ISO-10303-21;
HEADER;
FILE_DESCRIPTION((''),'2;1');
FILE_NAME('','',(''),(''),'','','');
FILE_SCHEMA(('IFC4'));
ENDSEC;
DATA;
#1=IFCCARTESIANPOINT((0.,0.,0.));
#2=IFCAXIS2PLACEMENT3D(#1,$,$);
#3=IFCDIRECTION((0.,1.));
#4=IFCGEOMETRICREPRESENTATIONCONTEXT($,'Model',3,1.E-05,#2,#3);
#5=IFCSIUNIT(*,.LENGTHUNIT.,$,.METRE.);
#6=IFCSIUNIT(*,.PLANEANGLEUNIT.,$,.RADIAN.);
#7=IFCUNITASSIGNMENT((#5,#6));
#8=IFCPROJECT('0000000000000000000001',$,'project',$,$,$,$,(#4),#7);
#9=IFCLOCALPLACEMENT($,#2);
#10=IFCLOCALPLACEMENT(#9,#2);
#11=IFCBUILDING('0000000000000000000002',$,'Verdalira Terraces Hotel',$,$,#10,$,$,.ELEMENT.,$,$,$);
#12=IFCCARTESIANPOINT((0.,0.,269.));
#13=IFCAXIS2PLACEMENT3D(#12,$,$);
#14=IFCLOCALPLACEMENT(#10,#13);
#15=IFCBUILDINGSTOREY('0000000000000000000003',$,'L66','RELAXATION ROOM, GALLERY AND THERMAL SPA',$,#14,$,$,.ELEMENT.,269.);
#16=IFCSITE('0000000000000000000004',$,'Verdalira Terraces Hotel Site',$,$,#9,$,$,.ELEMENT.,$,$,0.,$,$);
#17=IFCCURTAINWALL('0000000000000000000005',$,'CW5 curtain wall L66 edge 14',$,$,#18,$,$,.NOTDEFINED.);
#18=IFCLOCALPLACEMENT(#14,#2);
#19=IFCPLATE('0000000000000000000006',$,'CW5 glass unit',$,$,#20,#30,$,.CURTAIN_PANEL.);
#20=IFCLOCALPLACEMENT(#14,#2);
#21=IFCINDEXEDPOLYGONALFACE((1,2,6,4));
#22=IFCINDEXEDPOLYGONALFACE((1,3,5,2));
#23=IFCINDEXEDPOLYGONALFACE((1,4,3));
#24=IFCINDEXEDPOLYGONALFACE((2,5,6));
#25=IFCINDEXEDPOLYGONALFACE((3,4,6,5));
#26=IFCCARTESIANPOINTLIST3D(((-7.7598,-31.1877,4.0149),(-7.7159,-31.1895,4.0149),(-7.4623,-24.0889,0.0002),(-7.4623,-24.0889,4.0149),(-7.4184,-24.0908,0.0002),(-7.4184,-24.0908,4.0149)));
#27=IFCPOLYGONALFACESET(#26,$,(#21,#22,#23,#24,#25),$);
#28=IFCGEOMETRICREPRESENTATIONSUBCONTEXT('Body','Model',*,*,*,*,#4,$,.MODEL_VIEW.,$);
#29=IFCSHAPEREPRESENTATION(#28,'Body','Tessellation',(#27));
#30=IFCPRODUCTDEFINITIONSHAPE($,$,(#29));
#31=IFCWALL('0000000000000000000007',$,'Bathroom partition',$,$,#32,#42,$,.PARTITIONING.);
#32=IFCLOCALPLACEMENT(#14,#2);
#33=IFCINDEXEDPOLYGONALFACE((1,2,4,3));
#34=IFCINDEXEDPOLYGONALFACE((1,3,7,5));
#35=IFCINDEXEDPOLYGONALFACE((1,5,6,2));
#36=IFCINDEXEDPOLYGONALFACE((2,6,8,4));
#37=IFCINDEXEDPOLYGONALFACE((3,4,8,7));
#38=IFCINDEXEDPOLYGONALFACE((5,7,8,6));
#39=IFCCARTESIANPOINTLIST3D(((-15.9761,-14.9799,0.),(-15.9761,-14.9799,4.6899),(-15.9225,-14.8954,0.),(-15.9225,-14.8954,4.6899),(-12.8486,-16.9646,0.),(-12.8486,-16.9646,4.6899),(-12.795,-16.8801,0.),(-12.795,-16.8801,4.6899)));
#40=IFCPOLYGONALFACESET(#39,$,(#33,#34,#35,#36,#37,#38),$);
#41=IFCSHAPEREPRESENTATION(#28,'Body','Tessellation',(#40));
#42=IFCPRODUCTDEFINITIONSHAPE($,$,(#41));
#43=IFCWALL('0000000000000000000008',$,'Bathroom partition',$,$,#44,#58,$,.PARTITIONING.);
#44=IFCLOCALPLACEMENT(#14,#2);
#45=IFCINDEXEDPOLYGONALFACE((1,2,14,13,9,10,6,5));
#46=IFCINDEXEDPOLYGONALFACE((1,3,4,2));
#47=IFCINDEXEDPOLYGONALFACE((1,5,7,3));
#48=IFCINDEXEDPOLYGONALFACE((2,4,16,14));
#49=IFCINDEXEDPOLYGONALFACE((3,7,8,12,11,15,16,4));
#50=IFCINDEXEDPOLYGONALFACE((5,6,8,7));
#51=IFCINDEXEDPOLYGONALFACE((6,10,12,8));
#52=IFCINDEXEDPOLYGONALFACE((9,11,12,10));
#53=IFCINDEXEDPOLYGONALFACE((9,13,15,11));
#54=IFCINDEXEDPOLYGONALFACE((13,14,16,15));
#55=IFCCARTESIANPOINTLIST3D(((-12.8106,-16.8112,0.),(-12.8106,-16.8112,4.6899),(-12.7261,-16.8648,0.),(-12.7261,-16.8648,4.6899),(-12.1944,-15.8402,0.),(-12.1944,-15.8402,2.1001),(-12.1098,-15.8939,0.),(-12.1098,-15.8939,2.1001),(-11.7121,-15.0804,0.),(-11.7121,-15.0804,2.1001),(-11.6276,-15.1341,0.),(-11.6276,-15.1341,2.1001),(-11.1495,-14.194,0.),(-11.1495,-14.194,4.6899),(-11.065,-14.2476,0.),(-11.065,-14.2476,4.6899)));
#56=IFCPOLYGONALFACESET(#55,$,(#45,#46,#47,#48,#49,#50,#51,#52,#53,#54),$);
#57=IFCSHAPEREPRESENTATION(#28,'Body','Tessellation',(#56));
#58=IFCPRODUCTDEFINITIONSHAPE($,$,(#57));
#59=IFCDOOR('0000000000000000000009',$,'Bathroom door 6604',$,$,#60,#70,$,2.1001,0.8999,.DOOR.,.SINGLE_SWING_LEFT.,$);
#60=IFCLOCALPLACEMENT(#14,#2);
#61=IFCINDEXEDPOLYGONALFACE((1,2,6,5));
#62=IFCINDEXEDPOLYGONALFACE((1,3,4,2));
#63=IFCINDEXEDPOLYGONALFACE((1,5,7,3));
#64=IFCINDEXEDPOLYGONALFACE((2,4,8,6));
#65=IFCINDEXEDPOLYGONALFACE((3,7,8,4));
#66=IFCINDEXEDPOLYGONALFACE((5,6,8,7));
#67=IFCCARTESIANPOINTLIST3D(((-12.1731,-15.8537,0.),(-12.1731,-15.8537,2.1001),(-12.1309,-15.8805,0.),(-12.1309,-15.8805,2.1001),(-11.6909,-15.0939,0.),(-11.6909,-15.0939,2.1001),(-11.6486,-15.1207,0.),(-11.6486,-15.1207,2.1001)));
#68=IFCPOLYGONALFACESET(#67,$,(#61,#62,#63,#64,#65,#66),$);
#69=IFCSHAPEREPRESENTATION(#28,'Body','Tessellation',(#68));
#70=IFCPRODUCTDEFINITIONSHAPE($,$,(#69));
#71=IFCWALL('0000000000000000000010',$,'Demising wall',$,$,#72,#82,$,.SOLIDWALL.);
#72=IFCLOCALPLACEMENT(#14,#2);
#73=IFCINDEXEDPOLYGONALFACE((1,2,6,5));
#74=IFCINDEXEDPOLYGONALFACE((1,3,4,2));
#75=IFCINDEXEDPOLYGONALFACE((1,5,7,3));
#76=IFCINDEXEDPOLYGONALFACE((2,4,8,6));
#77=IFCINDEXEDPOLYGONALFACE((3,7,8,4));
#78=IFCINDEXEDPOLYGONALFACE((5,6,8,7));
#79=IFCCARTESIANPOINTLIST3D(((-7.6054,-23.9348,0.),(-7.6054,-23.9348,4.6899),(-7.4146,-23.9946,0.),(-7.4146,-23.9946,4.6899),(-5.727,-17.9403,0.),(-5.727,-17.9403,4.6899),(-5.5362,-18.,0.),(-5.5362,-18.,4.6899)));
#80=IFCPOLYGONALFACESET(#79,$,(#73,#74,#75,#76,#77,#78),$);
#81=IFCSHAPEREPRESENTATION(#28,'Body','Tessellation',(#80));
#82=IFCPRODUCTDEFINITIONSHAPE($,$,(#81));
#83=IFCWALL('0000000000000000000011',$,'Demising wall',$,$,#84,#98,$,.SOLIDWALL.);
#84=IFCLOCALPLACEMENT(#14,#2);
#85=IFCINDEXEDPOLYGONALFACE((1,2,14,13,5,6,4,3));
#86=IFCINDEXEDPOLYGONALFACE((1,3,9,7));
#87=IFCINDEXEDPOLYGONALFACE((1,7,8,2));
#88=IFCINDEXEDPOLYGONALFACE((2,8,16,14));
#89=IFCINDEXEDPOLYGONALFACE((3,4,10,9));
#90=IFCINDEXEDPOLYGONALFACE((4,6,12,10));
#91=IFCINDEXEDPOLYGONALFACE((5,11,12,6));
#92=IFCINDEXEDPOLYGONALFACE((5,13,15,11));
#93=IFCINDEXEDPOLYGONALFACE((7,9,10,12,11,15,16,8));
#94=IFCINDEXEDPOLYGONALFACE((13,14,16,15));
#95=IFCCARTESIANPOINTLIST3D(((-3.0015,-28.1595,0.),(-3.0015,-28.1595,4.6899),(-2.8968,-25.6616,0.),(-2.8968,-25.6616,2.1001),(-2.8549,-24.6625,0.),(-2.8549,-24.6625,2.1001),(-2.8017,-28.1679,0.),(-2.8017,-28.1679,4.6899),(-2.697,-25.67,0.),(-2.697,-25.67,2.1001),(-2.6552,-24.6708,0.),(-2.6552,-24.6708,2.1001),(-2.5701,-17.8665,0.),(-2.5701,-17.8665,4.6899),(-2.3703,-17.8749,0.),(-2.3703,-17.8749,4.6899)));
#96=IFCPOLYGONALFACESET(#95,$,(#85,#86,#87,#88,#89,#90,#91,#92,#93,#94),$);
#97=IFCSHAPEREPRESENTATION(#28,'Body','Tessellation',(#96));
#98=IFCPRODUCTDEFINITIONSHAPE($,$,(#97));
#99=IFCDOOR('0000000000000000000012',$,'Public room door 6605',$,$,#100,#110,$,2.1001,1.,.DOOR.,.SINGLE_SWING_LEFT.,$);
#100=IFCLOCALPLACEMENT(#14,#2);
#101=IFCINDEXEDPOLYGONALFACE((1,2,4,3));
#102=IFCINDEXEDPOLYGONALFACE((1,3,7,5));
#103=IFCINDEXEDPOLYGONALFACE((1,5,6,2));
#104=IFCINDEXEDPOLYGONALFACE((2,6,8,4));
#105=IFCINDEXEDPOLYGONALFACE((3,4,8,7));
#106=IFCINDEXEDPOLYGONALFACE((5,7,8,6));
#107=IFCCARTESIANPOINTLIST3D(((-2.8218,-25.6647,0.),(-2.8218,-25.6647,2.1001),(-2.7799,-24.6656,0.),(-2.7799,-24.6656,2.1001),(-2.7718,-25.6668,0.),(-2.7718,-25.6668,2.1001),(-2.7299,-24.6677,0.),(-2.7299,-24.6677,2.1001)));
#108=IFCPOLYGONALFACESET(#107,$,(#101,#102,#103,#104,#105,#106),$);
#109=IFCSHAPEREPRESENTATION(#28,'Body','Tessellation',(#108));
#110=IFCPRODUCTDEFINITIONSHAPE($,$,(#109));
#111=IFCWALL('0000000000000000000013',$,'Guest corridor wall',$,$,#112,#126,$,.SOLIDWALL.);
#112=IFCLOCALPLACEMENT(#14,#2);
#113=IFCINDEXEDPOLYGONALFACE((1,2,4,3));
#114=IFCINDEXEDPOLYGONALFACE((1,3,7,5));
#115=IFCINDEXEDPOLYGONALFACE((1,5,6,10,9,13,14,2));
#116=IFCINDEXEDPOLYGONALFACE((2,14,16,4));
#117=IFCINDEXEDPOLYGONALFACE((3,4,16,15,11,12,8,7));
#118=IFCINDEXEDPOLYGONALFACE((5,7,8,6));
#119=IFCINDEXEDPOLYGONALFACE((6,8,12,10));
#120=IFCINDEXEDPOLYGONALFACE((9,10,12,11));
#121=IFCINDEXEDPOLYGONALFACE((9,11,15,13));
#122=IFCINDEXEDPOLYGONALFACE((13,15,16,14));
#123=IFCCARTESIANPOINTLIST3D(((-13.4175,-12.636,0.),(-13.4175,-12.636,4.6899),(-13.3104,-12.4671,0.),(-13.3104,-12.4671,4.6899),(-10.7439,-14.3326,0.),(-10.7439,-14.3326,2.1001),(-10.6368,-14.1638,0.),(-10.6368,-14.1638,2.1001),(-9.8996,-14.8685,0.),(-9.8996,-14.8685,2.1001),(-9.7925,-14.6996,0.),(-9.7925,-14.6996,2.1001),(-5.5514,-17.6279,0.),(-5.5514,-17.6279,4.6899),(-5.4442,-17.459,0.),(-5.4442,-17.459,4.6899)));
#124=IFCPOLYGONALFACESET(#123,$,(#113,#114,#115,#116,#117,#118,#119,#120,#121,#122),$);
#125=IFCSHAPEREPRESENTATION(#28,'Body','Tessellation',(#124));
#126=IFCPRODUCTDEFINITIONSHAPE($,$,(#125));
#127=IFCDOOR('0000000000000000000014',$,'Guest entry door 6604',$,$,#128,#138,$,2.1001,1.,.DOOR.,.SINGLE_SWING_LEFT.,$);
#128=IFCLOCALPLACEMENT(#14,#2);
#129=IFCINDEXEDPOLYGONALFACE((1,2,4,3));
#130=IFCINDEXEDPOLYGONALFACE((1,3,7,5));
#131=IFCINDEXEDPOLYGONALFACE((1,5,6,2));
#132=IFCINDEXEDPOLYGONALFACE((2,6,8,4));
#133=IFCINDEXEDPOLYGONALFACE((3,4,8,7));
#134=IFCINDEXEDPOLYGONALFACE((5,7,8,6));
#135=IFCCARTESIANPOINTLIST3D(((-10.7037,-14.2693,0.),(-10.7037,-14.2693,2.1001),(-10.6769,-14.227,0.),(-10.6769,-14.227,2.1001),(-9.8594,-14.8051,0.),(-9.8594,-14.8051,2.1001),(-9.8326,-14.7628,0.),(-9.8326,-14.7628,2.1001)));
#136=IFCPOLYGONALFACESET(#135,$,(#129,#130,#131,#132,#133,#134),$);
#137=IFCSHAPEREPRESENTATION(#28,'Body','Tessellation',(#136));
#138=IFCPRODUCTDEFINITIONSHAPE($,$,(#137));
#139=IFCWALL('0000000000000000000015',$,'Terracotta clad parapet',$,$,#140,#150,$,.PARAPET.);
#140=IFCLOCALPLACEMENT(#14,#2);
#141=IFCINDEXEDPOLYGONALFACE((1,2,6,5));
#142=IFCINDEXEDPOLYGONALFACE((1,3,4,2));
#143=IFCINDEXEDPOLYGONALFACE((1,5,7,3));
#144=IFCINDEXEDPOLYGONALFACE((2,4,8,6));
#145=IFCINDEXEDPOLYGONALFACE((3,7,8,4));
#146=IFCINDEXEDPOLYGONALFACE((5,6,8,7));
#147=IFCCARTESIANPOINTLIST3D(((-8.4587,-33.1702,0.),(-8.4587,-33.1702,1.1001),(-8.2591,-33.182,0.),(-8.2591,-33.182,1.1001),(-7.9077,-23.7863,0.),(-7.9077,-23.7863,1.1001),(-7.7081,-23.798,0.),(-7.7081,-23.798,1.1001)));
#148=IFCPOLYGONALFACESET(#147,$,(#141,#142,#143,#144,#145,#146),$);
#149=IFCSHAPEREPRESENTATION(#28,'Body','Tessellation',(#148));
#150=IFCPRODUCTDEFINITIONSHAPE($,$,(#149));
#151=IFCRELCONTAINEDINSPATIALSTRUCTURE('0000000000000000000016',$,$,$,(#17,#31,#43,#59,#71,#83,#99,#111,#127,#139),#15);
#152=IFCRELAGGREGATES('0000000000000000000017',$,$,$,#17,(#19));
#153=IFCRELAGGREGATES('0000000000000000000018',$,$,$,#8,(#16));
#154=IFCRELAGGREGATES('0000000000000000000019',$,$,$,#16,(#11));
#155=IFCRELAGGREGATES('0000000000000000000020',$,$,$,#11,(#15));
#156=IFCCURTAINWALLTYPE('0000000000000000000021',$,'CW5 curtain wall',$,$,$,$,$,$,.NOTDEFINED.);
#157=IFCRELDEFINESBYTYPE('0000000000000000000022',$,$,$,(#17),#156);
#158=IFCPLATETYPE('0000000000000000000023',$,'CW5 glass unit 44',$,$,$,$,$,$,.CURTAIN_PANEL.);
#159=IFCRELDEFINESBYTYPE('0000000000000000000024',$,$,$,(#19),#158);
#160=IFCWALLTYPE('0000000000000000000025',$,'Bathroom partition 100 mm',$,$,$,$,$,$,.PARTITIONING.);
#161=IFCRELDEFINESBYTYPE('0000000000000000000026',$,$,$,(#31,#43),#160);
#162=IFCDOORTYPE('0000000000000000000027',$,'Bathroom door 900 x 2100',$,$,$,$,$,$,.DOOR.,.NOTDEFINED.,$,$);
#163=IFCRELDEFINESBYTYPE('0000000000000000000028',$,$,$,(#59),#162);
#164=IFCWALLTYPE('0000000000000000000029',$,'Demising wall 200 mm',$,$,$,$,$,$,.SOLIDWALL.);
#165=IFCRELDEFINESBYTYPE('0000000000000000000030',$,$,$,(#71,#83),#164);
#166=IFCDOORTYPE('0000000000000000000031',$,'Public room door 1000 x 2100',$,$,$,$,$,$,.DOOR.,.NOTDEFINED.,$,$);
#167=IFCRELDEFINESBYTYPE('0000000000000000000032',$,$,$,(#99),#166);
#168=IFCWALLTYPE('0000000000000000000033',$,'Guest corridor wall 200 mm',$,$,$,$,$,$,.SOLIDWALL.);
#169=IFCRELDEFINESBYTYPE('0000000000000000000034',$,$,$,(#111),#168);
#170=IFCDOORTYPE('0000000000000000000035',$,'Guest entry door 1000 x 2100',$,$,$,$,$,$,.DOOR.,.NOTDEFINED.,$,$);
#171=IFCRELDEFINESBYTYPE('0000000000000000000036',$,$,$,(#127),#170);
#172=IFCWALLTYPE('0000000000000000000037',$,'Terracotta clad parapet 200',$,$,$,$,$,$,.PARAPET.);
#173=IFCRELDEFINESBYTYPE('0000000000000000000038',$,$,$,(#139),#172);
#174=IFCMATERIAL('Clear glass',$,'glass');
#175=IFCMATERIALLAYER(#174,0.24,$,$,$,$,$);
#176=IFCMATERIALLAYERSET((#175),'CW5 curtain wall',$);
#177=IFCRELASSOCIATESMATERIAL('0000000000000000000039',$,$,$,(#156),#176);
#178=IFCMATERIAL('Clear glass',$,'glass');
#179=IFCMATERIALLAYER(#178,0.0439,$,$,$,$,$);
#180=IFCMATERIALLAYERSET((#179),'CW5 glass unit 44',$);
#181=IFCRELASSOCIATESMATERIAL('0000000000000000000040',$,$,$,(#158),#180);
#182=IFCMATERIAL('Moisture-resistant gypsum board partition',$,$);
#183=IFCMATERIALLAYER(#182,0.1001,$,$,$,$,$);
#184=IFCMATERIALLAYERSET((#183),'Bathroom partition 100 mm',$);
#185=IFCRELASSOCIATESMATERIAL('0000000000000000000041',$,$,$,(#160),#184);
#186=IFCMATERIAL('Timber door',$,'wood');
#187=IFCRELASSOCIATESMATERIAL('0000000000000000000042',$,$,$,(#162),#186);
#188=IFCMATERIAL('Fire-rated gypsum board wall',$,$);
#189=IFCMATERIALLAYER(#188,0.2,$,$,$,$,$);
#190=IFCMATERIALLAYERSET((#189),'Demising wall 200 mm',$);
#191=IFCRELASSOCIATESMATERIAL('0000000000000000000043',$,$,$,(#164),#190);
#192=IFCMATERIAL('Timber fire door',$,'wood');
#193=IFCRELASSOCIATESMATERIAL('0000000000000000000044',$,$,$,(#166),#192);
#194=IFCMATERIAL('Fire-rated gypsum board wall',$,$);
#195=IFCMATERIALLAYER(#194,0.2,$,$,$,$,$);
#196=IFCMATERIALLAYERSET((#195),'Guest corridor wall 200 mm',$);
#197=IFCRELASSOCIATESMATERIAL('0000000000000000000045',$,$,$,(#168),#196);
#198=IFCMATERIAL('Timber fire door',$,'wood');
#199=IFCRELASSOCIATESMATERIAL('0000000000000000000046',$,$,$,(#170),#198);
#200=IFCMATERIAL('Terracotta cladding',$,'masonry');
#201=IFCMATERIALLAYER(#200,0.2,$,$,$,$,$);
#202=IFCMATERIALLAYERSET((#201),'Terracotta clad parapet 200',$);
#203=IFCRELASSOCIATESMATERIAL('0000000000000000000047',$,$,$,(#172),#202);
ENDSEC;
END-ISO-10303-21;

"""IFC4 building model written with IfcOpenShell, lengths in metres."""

from ifc_helpers import new_model, si_unit, direction, frame, frame_2d, origin, place, context, subcontext, project, spatial, polyline, rectangle, outline, extrude, material, layer, layer_set, type_object, element, fill, aggregate, save


model = new_model("IFC4")

# Units and contexts
model_context = context("Model", 3, precision=1e-05, world=origin(), true_north=direction((0.0, 1.0)))
body_context = subcontext(model_context, "Body", "Model", "MODEL_VIEW")
ifc_project = project(units=[si_unit("LENGTHUNIT", "METRE"), si_unit("PLANEANGLEUNIT", "RADIAN")], contexts=[model_context])

# Site, building, storey
site_placement = place(None, origin())
site = spatial("IfcSite", under=ifc_project, at=site_placement, Name="Verdalira Terraces Hotel Site", CompositionType="ELEMENT", RefElevation=0.0)
building_placement = place(site_placement, origin())
building = spatial("IfcBuilding", under=site, at=building_placement, Name="Verdalira Terraces Hotel", CompositionType="ELEMENT")
storey_placement = place(building_placement, frame((0.0, 0.0, 269.0)))
storey = spatial("IfcBuildingStorey", under=building, at=storey_placement, Name="L66", Description="RELAXATION ROOM, GALLERY AND THERMAL SPA", CompositionType="ELEMENT", Elevation=269.0)

# Shared definitions
ifc_material_1 = material(Name="Clear glass", Category="glass")
ifc_layer_1 = layer(ifc_material_1, 0.24)
ifc_layer_set_1 = layer_set([ifc_layer_1], Name="CW5 curtain wall")
curtain_wall_type = type_object("IfcCurtainWallType", Name="CW5 curtain wall", PredefinedType="NOTDEFINED", material=ifc_layer_set_1)

# Curtain wall
curtain_wall_1_placement = place(storey_placement, origin())
curtain_wall_1 = element("IfcCurtainWall", 1, at=curtain_wall_1_placement, inside=storey, type_object=curtain_wall_type, Name="CW5 curtain wall L66 edge 14", PredefinedType="NOTDEFINED")

# Plate
ifc_material_2 = material(Name="Clear glass", Category="glass")
ifc_layer_2 = layer(ifc_material_2, 0.0439)
ifc_layer_set_2 = layer_set([ifc_layer_2], Name="CW5 glass unit 44")
plate_type = type_object("IfcPlateType", Name="CW5 glass unit 44", PredefinedType="CURTAIN_PANEL", material=ifc_layer_set_2)
plate_1_placement = place(storey_placement, frame((-7.5671, -27.6401, 2.0076), z_axis=(-0.999123, 0.041876, 0.0), x_axis=(-0.041876, -0.999123, 0.0)))
plate_1 = element("IfcPlate", 2, at=plate_1_placement, type_object=plate_type, Name="CW5 glass unit", PredefinedType="CURTAIN_PANEL", context=body_context, shape_type="SweptSolid", body=[
    extrude(outline(polyline([(-3.5525, -2.0073), (3.5525, 2.0073), (-3.5525, 2.0073), (-3.5525, -2.0073)])), origin(), (0.0, 0.0, 1.0), 0.0439),
])
aggregate(curtain_wall_1, [plate_1])

# Wall
ifc_material_3 = material(Name="Moisture-resistant gypsum board partition")
ifc_layer_3 = layer(ifc_material_3, 0.1001)
ifc_layer_set_3 = layer_set([ifc_layer_3], Name="Bathroom partition 100 mm")
wall_type_1 = type_object("IfcWallType", Name="Bathroom partition 100 mm", PredefinedType="PARTITIONING", material=ifc_layer_set_3)
wall_1_placement = place(storey_placement, frame((-12.8218, -16.9224, 0.0), z_axis=(0.0, 0.0, 1.0), x_axis=(-0.844342, 0.535805, 0.0)))
element("IfcWall", 3, at=wall_1_placement, inside=storey, type_object=wall_type_1, Name="Bathroom partition", PredefinedType="PARTITIONING", context=body_context, shape_type="SweptSolid", body=[
    extrude(rectangle(XDim=3.7041, YDim=0.1001, at=frame_2d((1.8521, 0.0))), origin(), (0.0, 0.0, 1.0), 4.6899),
])

# Wall, opening, door
wall_2_placement = place(storey_placement, frame((-12.7683, -16.8379, 0.0), z_axis=(0.0, 0.0, 1.0), x_axis=(0.535876, 0.844297, 0.0)))
wall_2 = element("IfcWall", 4, at=wall_2_placement, inside=storey, type_object=wall_type_1, Name="Bathroom partition", PredefinedType="PARTITIONING", context=body_context, shape_type="SweptSolid", body=[
    extrude(rectangle(XDim=3.0999, YDim=0.1001, at=frame_2d((1.5498, 0.0))), origin(), (0.0, 0.0, 1.0), 4.6899),
])
opening_1_placement = place(wall_2_placement, frame((1.1499, 0.0, 0.0)))
opening_1 = element("IfcOpeningElement", 5, at=opening_1_placement, cuts=wall_2, PredefinedType="OPENING", context=body_context, shape_type="SweptSolid", body=[
    extrude(rectangle(XDim=0.8999, YDim=2.1001, at=frame_2d((0.45, 1.05))), frame((0.0, 0.0601, 0.0), z_axis=(0.0, -1.0, 0.0), x_axis=(1.0, 0.0, 0.0)), (0.0, 0.0, 1.0), 0.1201),
])
ifc_material_4 = material(Name="Timber door", Category="wood")
door_type_1 = type_object("IfcDoorType", Name="Bathroom door 900 x 2100", OperationType="NOTDEFINED", PredefinedType="DOOR", material=ifc_material_4)
door_1_placement = place(opening_1_placement, origin())
door_1 = element("IfcDoor", 6, at=door_1_placement, inside=storey, type_object=door_type_1, Name="Bathroom door 6604", OperationType="SINGLE_SWING_LEFT", OverallHeight=2.1001, OverallWidth=0.8999, PredefinedType="DOOR", context=body_context, shape_type="SweptSolid", body=[
    extrude(rectangle(XDim=0.8999, YDim=2.1001, at=frame_2d((0.45, 1.05))), frame((0.0, 0.0249, 0.0), z_axis=(0.0, -1.0, 0.0), x_axis=(1.0, 0.0, 0.0)), (0.0, 0.0, 1.0), 0.05),
])
fill(opening_1, door_1)

# Wall
ifc_material_5 = material(Name="Fire-rated gypsum board wall")
ifc_layer_4 = layer(ifc_material_5, 0.2)
ifc_layer_set_4 = layer_set([ifc_layer_4], Name="Demising wall 200 mm")
wall_type_2 = type_object("IfcWallType", Name="Demising wall 200 mm", PredefinedType="SOLIDWALL", material=ifc_layer_set_4)
wall_3_placement = place(storey_placement, frame((-7.51, -23.9648, 0.0), z_axis=(0.0, 0.0, 1.0), x_axis=(0.299014, 0.954249, 0.0)))
element("IfcWall", 7, at=wall_3_placement, inside=storey, type_object=wall_type_2, Name="Demising wall", PredefinedType="SOLIDWALL", context=body_context, shape_type="SweptSolid", body=[
    extrude(rectangle(XDim=6.282, YDim=0.2, at=frame_2d((3.1411, 0.0))), origin(), (0.0, 0.0, 1.0), 4.6899),
])

# Walls, openings, doors
wall_4_placement = place(storey_placement, frame((-2.9016, -28.1636, 0.0), z_axis=(0.0, 0.0, 1.0), x_axis=(0.041875, 0.999123, 0.0)))
wall_4 = element("IfcWall", 8, at=wall_4_placement, inside=storey, type_object=wall_type_2, Name="Demising wall", PredefinedType="SOLIDWALL", context=body_context, shape_type="SweptSolid", body=[
    extrude(rectangle(XDim=10.302, YDim=0.2, at=frame_2d((5.1509, 0.0))), origin(), (0.0, 0.0, 1.0), 4.6899),
])
opening_2_placement = place(wall_4_placement, frame((2.5, 0.0, 0.0)))
opening_2 = element("IfcOpeningElement", 9, at=opening_2_placement, cuts=wall_4, PredefinedType="OPENING", context=body_context, shape_type="SweptSolid", body=[
    extrude(rectangle(XDim=1.0, YDim=2.1001, at=frame_2d((0.5, 1.05))), frame((0.0, 0.1099, 0.0), z_axis=(0.0, -1.0, 0.0), x_axis=(1.0, 0.0, 0.0)), (0.0, 0.0, 1.0), 0.22),
])
ifc_material_6 = material(Name="Timber fire door", Category="wood")
door_type_2 = type_object("IfcDoorType", Name="Public room door 1000 x 2100", OperationType="NOTDEFINED", PredefinedType="DOOR", material=ifc_material_6)
door_2_placement = place(opening_2_placement, origin())
door_2 = element("IfcDoor", 10, at=door_2_placement, inside=storey, type_object=door_type_2, Name="Public room door 6605", OperationType="SINGLE_SWING_LEFT", OverallHeight=2.1001, OverallWidth=1.0, PredefinedType="DOOR", context=body_context, shape_type="SweptSolid", body=[
    extrude(rectangle(XDim=1.0, YDim=2.1001, at=frame_2d((0.5, 1.05))), frame((0.0, 0.0249, 0.0), z_axis=(0.0, -1.0, 0.0), x_axis=(1.0, 0.0, 0.0)), (0.0, 0.0, 1.0), 0.05),
])
fill(opening_2, door_2)
ifc_material_7 = material(Name="Fire-rated gypsum board wall")
ifc_layer_5 = layer(ifc_material_7, 0.2)
ifc_layer_set_5 = layer_set([ifc_layer_5], Name="Guest corridor wall 200 mm")
wall_type_3 = type_object("IfcWallType", Name="Guest corridor wall 200 mm", PredefinedType="SOLIDWALL", material=ifc_layer_set_5)
wall_5_placement = place(storey_placement, frame((-5.4978, -17.5435, 0.0), z_axis=(0.0, 0.0, 1.0), x_axis=(-0.844333, 0.535819, 0.0)))
wall_5 = element("IfcWall", 11, at=wall_5_placement, inside=storey, type_object=wall_type_3, Name="Guest corridor wall", PredefinedType="SOLIDWALL", context=body_context, shape_type="SweptSolid", body=[
    extrude(rectangle(XDim=9.3164, YDim=0.2, at=frame_2d((4.6582, 0.0))), origin(), (0.0, 0.0, 1.0), 4.6899),
])
opening_3_placement = place(wall_5_placement, frame((5.1499, 0.0, 0.0)))
opening_3 = element("IfcOpeningElement", 12, at=opening_3_placement, cuts=wall_5, PredefinedType="OPENING", context=body_context, shape_type="SweptSolid", body=[
    extrude(rectangle(XDim=1.0, YDim=2.1001, at=frame_2d((0.5, 1.05))), frame((0.0, 0.1099, 0.0), z_axis=(0.0, -1.0, 0.0), x_axis=(1.0, 0.0, 0.0)), (0.0, 0.0, 1.0), 0.22),
])
ifc_material_8 = material(Name="Timber fire door", Category="wood")
door_type_3 = type_object("IfcDoorType", Name="Guest entry door 1000 x 2100", OperationType="NOTDEFINED", PredefinedType="DOOR", material=ifc_material_8)
door_3_placement = place(opening_3_placement, origin())
door_3 = element("IfcDoor", 13, at=door_3_placement, inside=storey, type_object=door_type_3, Name="Guest entry door 6604", OperationType="SINGLE_SWING_LEFT", OverallHeight=2.1001, OverallWidth=1.0, PredefinedType="DOOR", context=body_context, shape_type="SweptSolid", body=[
    extrude(rectangle(XDim=1.0, YDim=2.1001, at=frame_2d((0.5, 1.05))), frame((0.0, 0.0249, 0.0), z_axis=(0.0, -1.0, 0.0), x_axis=(1.0, 0.0, 0.0)), (0.0, 0.0, 1.0), 0.05),
])
fill(opening_3, door_3)

# Wall
ifc_material_9 = material(Name="Terracotta cladding", Category="masonry")
ifc_layer_6 = layer(ifc_material_9, 0.2)
ifc_layer_set_6 = layer_set([ifc_layer_6], Name="Terracotta clad parapet 200")
wall_type_4 = type_object("IfcWallType", Name="Terracotta clad parapet 200", PredefinedType="PARAPET", material=ifc_layer_set_6)
wall_6_placement = place(storey_placement, frame((-7.8079, -23.792, 0.0), z_axis=(0.0, 0.0, 1.0), x_axis=(-0.058618, -0.99828, 0.0)))
element("IfcWall", 14, at=wall_6_placement, inside=storey, type_object=wall_type_4, Name="Terracotta clad parapet", PredefinedType="PARAPET", context=body_context, shape_type="SweptSolid", body=[
    extrude(rectangle(XDim=9.4001, YDim=0.2, at=frame_2d((4.7002, 0.0))), origin(), (0.0, 0.0, 1.0), 1.1001),
])

save(model, "model.ifc")
